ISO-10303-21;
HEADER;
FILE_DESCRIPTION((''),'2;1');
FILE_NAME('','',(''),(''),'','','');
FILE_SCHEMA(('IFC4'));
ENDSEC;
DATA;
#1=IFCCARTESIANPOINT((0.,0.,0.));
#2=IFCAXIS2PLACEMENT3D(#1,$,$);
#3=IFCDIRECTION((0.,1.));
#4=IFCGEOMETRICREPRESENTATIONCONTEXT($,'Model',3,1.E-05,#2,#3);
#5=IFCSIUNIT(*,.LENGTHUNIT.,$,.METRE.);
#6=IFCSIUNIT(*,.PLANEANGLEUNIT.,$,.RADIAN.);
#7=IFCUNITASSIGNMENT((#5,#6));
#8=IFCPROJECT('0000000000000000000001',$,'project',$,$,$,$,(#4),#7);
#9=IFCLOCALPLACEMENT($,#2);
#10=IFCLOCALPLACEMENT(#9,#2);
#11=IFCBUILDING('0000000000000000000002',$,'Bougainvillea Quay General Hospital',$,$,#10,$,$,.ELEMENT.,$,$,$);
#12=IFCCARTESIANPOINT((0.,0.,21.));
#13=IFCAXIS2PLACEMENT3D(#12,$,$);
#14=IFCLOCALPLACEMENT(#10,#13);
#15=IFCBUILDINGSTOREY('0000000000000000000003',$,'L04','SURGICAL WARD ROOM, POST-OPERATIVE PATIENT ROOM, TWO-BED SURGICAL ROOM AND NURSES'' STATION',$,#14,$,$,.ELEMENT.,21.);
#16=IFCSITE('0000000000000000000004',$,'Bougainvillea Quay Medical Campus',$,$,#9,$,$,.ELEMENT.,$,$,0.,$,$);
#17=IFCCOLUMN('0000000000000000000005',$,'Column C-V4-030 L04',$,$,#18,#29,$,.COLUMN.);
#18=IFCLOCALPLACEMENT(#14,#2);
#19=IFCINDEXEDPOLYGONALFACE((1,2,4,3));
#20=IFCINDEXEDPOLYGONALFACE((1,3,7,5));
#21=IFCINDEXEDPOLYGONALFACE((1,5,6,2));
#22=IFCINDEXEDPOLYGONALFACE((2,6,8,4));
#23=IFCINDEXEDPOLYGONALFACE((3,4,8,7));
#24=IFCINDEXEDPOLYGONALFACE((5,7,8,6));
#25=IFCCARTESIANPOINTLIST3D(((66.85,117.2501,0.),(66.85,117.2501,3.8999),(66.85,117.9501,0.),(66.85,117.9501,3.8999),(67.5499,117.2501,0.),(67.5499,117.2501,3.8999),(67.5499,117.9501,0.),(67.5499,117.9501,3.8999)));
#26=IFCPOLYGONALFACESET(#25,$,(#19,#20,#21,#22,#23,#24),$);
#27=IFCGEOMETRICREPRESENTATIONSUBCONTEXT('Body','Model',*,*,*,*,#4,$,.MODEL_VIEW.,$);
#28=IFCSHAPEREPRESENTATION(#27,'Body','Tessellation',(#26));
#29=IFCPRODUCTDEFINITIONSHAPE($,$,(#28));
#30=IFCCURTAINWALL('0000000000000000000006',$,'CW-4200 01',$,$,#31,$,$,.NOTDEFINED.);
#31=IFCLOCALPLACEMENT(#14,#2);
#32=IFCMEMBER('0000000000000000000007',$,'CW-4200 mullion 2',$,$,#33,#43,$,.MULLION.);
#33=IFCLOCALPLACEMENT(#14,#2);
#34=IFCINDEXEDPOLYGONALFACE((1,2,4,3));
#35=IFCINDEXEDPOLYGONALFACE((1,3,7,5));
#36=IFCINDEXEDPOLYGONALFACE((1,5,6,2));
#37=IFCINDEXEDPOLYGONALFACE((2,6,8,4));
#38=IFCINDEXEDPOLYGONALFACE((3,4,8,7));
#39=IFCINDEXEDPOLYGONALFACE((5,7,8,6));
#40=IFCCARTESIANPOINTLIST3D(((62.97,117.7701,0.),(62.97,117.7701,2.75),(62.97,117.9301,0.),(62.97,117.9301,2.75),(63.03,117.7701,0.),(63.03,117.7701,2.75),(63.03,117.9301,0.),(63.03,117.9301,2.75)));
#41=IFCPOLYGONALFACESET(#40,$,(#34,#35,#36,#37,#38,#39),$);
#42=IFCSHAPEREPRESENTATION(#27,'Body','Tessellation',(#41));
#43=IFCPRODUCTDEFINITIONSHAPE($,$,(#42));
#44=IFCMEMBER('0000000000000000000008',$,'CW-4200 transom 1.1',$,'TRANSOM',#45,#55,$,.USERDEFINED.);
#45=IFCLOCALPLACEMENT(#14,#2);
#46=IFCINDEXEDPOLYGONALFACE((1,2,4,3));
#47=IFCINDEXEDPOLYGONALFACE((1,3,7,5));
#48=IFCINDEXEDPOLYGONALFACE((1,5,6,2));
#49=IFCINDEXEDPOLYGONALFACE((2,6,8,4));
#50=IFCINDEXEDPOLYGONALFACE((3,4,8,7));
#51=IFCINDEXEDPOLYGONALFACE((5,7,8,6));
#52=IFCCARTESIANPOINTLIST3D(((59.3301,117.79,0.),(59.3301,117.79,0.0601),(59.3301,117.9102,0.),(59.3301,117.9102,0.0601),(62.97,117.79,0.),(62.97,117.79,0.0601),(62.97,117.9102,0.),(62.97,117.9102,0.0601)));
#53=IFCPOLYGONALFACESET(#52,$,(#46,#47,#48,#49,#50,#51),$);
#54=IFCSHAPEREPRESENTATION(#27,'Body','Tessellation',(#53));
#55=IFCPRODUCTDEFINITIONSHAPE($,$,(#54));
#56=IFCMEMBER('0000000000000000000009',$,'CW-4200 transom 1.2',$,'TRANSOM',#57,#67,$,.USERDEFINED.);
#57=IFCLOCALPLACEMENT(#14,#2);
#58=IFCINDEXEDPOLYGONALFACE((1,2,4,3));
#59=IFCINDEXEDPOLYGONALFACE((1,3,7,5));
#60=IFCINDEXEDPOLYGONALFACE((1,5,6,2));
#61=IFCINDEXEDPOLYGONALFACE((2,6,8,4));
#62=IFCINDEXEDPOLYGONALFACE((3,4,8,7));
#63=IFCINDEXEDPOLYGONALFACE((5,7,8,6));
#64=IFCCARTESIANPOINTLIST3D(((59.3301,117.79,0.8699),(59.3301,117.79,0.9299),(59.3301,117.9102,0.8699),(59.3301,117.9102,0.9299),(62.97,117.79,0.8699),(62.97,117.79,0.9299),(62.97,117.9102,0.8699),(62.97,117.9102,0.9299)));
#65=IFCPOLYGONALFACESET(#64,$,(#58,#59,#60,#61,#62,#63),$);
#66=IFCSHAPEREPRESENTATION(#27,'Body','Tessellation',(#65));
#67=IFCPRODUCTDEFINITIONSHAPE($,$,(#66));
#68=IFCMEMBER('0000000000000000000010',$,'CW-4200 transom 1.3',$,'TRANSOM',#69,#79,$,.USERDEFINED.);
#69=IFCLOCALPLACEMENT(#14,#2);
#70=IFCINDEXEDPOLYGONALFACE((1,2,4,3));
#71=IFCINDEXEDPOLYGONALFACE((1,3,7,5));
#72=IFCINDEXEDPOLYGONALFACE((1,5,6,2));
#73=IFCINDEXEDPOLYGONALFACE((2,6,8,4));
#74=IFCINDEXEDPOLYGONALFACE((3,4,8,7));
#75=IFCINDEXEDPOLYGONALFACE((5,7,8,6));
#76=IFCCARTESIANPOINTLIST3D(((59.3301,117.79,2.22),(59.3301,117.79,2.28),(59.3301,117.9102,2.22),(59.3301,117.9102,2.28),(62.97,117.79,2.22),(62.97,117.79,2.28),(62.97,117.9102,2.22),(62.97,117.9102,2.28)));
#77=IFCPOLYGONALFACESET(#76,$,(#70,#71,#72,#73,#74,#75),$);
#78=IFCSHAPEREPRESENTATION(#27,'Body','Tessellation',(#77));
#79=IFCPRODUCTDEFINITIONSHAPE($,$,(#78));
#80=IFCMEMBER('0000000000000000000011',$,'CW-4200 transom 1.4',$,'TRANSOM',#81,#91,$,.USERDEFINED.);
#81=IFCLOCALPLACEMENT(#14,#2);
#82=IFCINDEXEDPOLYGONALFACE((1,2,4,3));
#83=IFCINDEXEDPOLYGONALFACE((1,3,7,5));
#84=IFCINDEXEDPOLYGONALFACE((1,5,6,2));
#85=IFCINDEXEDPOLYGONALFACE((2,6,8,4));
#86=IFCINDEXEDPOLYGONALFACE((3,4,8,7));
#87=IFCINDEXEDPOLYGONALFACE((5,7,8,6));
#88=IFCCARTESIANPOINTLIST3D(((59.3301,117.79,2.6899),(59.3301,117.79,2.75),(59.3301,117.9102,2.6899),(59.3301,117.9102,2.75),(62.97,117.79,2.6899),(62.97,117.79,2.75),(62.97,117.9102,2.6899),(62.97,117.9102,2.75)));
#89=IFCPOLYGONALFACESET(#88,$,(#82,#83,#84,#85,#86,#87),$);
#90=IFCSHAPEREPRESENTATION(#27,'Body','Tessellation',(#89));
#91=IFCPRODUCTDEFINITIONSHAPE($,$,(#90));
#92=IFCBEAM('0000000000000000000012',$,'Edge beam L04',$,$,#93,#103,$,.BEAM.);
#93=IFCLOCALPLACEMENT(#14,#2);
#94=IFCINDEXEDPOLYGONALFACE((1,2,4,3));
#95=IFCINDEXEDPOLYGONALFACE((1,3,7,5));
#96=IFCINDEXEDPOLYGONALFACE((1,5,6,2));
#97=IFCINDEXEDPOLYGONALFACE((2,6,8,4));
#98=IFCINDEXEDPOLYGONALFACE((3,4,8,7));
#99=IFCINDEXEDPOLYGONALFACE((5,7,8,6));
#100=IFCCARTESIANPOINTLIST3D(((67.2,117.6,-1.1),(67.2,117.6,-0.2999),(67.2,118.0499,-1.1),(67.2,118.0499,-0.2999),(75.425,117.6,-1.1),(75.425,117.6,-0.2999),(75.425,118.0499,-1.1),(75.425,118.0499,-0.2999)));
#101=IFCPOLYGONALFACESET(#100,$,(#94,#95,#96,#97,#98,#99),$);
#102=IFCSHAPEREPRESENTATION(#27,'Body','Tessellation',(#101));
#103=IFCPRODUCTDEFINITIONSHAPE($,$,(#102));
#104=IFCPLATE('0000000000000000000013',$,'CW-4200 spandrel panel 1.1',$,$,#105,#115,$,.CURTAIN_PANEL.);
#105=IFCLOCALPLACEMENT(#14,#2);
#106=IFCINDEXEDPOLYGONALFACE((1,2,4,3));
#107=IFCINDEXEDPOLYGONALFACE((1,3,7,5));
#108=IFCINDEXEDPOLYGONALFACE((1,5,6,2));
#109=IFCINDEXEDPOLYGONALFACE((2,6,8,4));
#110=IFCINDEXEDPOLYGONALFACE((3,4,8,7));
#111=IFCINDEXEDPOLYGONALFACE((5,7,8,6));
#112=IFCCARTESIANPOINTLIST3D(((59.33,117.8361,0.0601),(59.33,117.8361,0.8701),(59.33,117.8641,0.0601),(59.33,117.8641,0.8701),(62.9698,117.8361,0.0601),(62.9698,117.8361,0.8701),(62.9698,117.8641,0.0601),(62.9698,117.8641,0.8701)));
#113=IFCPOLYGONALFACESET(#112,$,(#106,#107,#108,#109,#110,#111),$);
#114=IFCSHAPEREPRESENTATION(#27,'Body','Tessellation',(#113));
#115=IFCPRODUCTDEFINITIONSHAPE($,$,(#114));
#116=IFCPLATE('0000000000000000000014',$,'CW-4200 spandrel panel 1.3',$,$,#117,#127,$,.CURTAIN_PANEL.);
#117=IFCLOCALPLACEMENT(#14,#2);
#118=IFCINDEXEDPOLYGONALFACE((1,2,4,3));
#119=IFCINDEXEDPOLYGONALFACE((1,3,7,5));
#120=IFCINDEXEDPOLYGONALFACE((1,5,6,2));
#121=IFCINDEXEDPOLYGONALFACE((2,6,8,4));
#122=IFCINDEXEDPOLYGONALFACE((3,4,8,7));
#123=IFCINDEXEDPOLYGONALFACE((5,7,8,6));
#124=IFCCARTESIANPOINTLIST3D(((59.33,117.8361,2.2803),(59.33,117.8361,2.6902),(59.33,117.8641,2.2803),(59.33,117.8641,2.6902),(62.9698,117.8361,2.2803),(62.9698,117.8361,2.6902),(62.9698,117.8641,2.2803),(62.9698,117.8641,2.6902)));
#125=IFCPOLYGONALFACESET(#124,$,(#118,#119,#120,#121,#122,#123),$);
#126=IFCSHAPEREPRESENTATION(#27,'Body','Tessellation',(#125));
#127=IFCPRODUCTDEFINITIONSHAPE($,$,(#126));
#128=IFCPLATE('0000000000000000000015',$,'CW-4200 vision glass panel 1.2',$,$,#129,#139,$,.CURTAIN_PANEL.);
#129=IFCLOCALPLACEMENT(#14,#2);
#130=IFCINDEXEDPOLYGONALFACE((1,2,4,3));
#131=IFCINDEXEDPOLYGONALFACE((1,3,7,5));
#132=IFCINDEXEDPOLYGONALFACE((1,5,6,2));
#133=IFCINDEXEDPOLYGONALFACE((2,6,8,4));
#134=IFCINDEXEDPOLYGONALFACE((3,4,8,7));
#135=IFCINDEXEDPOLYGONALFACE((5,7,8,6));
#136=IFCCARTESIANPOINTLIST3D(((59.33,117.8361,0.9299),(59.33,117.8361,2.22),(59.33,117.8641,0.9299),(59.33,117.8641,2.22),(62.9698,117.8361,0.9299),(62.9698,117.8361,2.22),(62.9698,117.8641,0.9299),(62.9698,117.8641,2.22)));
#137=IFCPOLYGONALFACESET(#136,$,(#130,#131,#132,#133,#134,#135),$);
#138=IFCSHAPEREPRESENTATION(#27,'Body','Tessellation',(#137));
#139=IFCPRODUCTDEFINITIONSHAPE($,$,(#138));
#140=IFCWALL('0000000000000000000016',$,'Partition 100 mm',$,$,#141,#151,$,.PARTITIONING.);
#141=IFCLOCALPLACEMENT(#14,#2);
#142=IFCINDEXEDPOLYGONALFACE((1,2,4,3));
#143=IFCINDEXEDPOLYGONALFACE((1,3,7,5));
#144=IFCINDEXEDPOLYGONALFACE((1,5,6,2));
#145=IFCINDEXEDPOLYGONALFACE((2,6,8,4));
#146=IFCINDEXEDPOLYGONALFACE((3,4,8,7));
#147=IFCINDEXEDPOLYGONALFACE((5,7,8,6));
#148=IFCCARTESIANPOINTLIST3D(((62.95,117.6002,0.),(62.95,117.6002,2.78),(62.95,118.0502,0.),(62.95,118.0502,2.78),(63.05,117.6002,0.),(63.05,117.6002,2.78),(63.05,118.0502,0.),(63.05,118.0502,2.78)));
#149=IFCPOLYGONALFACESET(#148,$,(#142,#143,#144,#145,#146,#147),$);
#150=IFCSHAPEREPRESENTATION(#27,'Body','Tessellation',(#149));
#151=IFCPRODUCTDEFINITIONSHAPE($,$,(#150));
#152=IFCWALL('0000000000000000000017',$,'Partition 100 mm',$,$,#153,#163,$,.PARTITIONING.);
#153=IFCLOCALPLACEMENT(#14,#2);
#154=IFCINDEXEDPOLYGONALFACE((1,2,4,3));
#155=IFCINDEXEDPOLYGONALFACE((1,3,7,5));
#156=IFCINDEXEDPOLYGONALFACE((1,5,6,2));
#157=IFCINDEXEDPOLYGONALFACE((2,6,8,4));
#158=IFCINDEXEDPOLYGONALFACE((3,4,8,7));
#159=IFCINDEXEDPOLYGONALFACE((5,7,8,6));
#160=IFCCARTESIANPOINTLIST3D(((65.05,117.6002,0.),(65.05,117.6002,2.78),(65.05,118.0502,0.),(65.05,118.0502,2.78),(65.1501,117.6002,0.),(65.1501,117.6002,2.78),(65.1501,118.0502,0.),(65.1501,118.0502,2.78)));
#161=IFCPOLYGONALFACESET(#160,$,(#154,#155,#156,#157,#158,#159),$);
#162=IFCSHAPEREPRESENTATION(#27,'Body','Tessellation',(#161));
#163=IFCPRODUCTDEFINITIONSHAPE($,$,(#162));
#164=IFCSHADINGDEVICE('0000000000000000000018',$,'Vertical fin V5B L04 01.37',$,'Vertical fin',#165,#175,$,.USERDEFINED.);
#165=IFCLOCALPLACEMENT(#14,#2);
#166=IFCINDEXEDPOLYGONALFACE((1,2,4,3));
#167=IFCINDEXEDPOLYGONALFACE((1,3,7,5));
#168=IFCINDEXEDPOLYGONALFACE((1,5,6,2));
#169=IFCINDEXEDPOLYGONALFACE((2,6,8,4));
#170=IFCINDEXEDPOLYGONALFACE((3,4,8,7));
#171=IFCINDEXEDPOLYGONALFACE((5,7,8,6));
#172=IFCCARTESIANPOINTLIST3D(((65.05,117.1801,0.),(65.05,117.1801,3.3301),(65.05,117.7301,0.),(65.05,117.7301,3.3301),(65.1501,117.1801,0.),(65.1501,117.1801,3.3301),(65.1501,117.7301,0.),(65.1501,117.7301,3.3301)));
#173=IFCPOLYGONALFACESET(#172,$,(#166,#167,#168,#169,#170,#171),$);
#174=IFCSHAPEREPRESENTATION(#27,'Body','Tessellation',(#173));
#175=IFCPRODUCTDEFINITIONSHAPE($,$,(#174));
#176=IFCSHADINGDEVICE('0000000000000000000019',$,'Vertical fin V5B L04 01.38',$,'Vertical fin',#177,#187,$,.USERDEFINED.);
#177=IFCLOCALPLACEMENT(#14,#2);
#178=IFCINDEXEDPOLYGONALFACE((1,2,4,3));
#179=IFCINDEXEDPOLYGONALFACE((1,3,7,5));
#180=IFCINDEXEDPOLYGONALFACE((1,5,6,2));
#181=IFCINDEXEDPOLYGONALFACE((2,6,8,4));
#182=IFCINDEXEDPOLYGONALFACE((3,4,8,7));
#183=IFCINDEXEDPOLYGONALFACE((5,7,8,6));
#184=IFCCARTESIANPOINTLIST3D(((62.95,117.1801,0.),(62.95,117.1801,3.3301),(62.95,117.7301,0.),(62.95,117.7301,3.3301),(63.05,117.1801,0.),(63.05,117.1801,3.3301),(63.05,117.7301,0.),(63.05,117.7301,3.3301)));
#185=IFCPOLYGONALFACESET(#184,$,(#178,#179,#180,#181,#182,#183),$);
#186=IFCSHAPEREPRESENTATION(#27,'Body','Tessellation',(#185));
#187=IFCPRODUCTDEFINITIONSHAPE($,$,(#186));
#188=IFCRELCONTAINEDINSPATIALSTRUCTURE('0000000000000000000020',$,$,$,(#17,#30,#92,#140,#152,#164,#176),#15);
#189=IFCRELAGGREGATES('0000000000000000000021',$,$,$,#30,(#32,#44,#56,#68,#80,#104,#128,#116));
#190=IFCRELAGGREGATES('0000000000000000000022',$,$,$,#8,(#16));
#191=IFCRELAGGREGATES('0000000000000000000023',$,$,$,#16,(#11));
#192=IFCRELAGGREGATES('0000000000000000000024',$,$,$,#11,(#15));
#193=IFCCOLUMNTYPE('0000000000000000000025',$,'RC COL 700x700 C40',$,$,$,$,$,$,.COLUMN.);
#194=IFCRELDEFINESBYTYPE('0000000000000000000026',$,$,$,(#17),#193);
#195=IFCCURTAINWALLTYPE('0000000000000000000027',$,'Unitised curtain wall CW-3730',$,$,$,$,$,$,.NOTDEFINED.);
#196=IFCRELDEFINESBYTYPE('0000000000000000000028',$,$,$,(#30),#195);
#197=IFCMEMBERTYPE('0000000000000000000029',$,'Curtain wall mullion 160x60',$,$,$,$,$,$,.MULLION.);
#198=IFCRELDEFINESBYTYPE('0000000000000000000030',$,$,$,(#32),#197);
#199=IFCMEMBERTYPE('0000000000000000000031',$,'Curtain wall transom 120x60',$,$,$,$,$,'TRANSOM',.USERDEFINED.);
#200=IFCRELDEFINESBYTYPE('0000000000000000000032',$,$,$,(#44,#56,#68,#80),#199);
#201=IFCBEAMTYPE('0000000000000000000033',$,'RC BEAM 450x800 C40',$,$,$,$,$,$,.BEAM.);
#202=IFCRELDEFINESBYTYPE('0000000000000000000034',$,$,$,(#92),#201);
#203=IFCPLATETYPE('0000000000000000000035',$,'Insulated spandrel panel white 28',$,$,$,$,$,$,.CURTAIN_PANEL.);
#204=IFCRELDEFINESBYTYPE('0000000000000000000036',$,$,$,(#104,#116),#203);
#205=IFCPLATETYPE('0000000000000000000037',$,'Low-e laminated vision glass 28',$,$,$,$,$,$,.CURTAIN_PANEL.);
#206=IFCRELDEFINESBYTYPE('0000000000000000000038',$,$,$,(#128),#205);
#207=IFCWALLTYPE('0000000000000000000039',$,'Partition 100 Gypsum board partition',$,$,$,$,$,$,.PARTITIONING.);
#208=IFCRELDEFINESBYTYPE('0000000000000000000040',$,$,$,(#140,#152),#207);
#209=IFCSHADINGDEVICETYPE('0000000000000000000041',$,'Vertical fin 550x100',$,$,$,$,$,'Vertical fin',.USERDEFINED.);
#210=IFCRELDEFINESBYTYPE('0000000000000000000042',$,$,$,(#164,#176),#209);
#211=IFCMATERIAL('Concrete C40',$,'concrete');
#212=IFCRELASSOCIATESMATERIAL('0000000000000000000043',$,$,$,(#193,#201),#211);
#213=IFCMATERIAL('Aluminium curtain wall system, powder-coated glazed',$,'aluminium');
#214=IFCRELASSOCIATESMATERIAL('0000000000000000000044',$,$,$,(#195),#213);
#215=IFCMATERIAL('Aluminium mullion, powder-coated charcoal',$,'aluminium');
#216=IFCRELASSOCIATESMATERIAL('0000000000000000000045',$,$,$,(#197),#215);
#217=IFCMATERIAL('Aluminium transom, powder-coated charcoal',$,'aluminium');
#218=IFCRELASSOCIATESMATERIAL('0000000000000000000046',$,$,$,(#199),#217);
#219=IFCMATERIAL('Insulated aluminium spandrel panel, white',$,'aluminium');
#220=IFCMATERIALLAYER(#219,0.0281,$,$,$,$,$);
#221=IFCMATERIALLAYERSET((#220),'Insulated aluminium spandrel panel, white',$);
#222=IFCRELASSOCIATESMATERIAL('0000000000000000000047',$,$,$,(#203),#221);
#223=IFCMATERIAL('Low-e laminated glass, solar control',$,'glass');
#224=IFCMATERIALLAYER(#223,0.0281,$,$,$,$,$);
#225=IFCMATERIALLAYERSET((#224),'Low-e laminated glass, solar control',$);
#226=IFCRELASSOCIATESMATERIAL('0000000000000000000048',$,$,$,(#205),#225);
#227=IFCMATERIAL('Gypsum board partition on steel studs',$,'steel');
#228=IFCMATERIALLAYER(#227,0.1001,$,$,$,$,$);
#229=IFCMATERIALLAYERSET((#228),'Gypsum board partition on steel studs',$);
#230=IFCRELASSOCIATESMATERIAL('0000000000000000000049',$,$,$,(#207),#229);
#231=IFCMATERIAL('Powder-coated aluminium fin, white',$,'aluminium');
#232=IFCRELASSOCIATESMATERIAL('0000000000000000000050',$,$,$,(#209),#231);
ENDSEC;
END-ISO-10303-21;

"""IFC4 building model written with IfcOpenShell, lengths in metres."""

from ifc_helpers import new_model, si_unit, direction, frame, frame_2d, origin, origin_2d, place, context, subcontext, project, spatial, rectangle, extrude, material, layer, layer_set, material_profile, profile_set, type_object, element, aggregate, save


model = new_model("IFC4")

# Units and contexts
model_context = context("Model", 3, precision=1e-05, world=origin(), true_north=direction((0.0, 1.0)))
body_context = subcontext(model_context, "Body", "Model", "MODEL_VIEW")
ifc_project = project(units=[si_unit("LENGTHUNIT", "METRE"), si_unit("PLANEANGLEUNIT", "RADIAN")], contexts=[model_context])

# Site, building, storey
site_placement = place(None, origin())
site = spatial("IfcSite", under=ifc_project, at=site_placement, Name="Bougainvillea Quay Medical Campus", CompositionType="ELEMENT", RefElevation=0.0)
building_placement = place(site_placement, origin())
building = spatial("IfcBuilding", under=site, at=building_placement, Name="Bougainvillea Quay General Hospital", CompositionType="ELEMENT")
storey_placement = place(building_placement, frame((0.0, 0.0, 21.0)))
storey = spatial("IfcBuildingStorey", under=building, at=storey_placement, Name="L04", Description="SURGICAL WARD ROOM, POST-OPERATIVE PATIENT ROOM, TWO-BED SURGICAL ROOM AND NURSES' STATION", CompositionType="ELEMENT", Elevation=21.0)

# Column
ifc_material_1 = material(Name="Concrete C40", Category="concrete")
ifc_material_profile_1 = material_profile(ifc_material_1, rectangle(XDim=0.7, YDim=0.7, at=origin_2d()))
ifc_profile_set_1 = profile_set([ifc_material_profile_1], Name="Concrete C40")
column_type = type_object("IfcColumnType", Name="RC COL 700x700 C40", PredefinedType="COLUMN", material=ifc_profile_set_1)
column_placement = place(storey_placement, frame((67.2, 117.6001, 0.0), z_axis=(0.0, 0.0, 1.0), x_axis=(1.0, 0.0, 0.0)))
element("IfcColumn", 1, at=column_placement, inside=storey, type_object=column_type, Name="Column C-V4-030 L04", PredefinedType="COLUMN", context=body_context, shape_type="SweptSolid", body=[
    extrude(rectangle(XDim=0.7, YDim=0.7, at=origin_2d()), origin(), (0.0, 0.0, 1.0), 3.8999),
])

# Curtain wall, members
ifc_material_2 = material(Name="Aluminium curtain wall system, powder-coated glazed", Category="aluminium")
curtain_wall_type = type_object("IfcCurtainWallType", Name="Unitised curtain wall CW-3730", PredefinedType="NOTDEFINED", material=ifc_material_2)
curtain_wall_placement = place(storey_placement, origin())
curtain_wall = element("IfcCurtainWall", 2, at=curtain_wall_placement, inside=storey, type_object=curtain_wall_type, Name="CW-4200 01", PredefinedType="NOTDEFINED")
ifc_material_3 = material(Name="Aluminium mullion, powder-coated charcoal", Category="aluminium")
ifc_material_profile_2 = material_profile(ifc_material_3, rectangle(XDim=0.1599, YDim=0.0601, at=origin_2d()))
ifc_profile_set_2 = profile_set([ifc_material_profile_2], Name="Aluminium mullion, powder-coated charcoal")
member_type_1 = type_object("IfcMemberType", Name="Curtain wall mullion 160x60", PredefinedType="MULLION", material=ifc_profile_set_2)
member_1_placement = place(storey_placement, frame((63.0, 117.8501, 0.0), z_axis=(0.0, 0.0, 1.0), x_axis=(0.0, 1.0, 0.0)))
member_1 = element("IfcMember", 3, at=member_1_placement, type_object=member_type_1, Name="CW-4200 mullion 2", PredefinedType="MULLION", context=body_context, shape_type="SweptSolid", body=[
    extrude(rectangle(XDim=0.1599, YDim=0.0601, at=origin_2d()), origin(), (0.0, 0.0, 1.0), 2.75),
])
ifc_material_4 = material(Name="Aluminium transom, powder-coated charcoal", Category="aluminium")
ifc_material_profile_3 = material_profile(ifc_material_4, rectangle(XDim=0.1201, YDim=0.0601, at=origin_2d()))
ifc_profile_set_3 = profile_set([ifc_material_profile_3], Name="Aluminium transom, powder-coated charcoal")
member_type_2 = type_object("IfcMemberType", Name="Curtain wall transom 120x60", ElementType="TRANSOM", PredefinedType="USERDEFINED", material=ifc_profile_set_3)
member_2_placement = place(storey_placement, frame((59.3301, 117.8501, 0.03), z_axis=(1.0, 0.0, 0.0), x_axis=(0.0, 1.0, 0.0)))
member_2 = element("IfcMember", 4, at=member_2_placement, type_object=member_type_2, Name="CW-4200 transom 1.1", ObjectType="TRANSOM", PredefinedType="USERDEFINED", context=body_context, shape_type="SweptSolid", body=[
    extrude(rectangle(XDim=0.1201, YDim=0.0601, at=origin_2d()), origin(), (0.0, 0.0, 1.0), 3.6399),
])
member_3_placement = place(storey_placement, frame((59.3301, 117.8501, 0.8999), z_axis=(1.0, 0.0, 0.0), x_axis=(0.0, 1.0, 0.0)))
member_3 = element("IfcMember", 5, at=member_3_placement, type_object=member_type_2, Name="CW-4200 transom 1.2", ObjectType="TRANSOM", PredefinedType="USERDEFINED", context=body_context, shape_type="SweptSolid", body=[
    extrude(rectangle(XDim=0.1201, YDim=0.0601, at=origin_2d()), origin(), (0.0, 0.0, 1.0), 3.6399),
])
member_4_placement = place(storey_placement, frame((59.3301, 117.8501, 2.25), z_axis=(1.0, 0.0, 0.0), x_axis=(0.0, 1.0, 0.0)))
member_4 = element("IfcMember", 6, at=member_4_placement, type_object=member_type_2, Name="CW-4200 transom 1.3", ObjectType="TRANSOM", PredefinedType="USERDEFINED", context=body_context, shape_type="SweptSolid", body=[
    extrude(rectangle(XDim=0.1201, YDim=0.0601, at=origin_2d()), origin(), (0.0, 0.0, 1.0), 3.6399),
])
member_5_placement = place(storey_placement, frame((59.3301, 117.8501, 2.72), z_axis=(1.0, 0.0, 0.0), x_axis=(0.0, 1.0, 0.0)))
member_5 = element("IfcMember", 7, at=member_5_placement, type_object=member_type_2, Name="CW-4200 transom 1.4", ObjectType="TRANSOM", PredefinedType="USERDEFINED", context=body_context, shape_type="SweptSolid", body=[
    extrude(rectangle(XDim=0.1201, YDim=0.0601, at=origin_2d()), origin(), (0.0, 0.0, 1.0), 3.6399),
])

# Beam
ifc_material_profile_4 = material_profile(ifc_material_1, rectangle(XDim=0.45, YDim=0.8, at=origin_2d()))
ifc_profile_set_4 = profile_set([ifc_material_profile_4], Name="Concrete C40")
beam_type = type_object("IfcBeamType", Name="RC BEAM 450x800 C40", PredefinedType="BEAM", material=ifc_profile_set_4)
beam_placement = place(storey_placement, frame((67.2, 117.825, -0.7), z_axis=(1.0, 0.0, 0.0), x_axis=(0.0, 1.0, 0.0)))
element("IfcBeam", 8, at=beam_placement, inside=storey, type_object=beam_type, Name="Edge beam L04", PredefinedType="BEAM", context=body_context, shape_type="SweptSolid", body=[
    extrude(rectangle(XDim=0.45, YDim=0.8, at=origin_2d()), origin(), (0.0, 0.0, 1.0), 8.2251),
])

# Plates
ifc_material_5 = material(Name="Insulated aluminium spandrel panel, white", Category="aluminium")
ifc_layer_1 = layer(ifc_material_5, 0.0281)
ifc_layer_set_1 = layer_set([ifc_layer_1], Name="Insulated aluminium spandrel panel, white")
plate_type_1 = type_object("IfcPlateType", Name="Insulated spandrel panel white 28", PredefinedType="CURTAIN_PANEL", material=ifc_layer_set_1)
plate_1_placement = place(storey_placement, frame((61.1499, 117.8501, 0.0601), z_axis=(0.0, 0.0, 1.0), x_axis=(1.0, 0.0, 0.0)))
plate_1 = element("IfcPlate", 9, at=plate_1_placement, type_object=plate_type_1, Name="CW-4200 spandrel panel 1.1", PredefinedType="CURTAIN_PANEL", context=body_context, shape_type="SweptSolid", body=[
    extrude(rectangle(XDim=3.6399, YDim=0.0281, at=origin_2d()), origin(), (0.0, 0.0, 1.0), 0.8101),
])
plate_2_placement = place(storey_placement, frame((61.1499, 117.8501, 2.2803), z_axis=(0.0, 0.0, 1.0), x_axis=(1.0, 0.0, 0.0)))
plate_2 = element("IfcPlate", 10, at=plate_2_placement, type_object=plate_type_1, Name="CW-4200 spandrel panel 1.3", PredefinedType="CURTAIN_PANEL", context=body_context, shape_type="SweptSolid", body=[
    extrude(rectangle(XDim=3.6399, YDim=0.0281, at=origin_2d()), origin(), (0.0, 0.0, 1.0), 0.4099),
])
ifc_material_6 = material(Name="Low-e laminated glass, solar control", Category="glass")
ifc_layer_2 = layer(ifc_material_6, 0.0281)
ifc_layer_set_2 = layer_set([ifc_layer_2], Name="Low-e laminated glass, solar control")
plate_type_2 = type_object("IfcPlateType", Name="Low-e laminated vision glass 28", PredefinedType="CURTAIN_PANEL", material=ifc_layer_set_2)
plate_3_placement = place(storey_placement, frame((61.1499, 117.8501, 0.9299), z_axis=(0.0, 0.0, 1.0), x_axis=(1.0, 0.0, 0.0)))
plate_3 = element("IfcPlate", 11, at=plate_3_placement, type_object=plate_type_2, Name="CW-4200 vision glass panel 1.2", PredefinedType="CURTAIN_PANEL", context=body_context, shape_type="SweptSolid", body=[
    extrude(rectangle(XDim=3.6399, YDim=0.0281, at=origin_2d()), origin(), (0.0, 0.0, 1.0), 1.29),
])
aggregate(curtain_wall, [member_1, member_2, member_3, member_4, member_5, plate_1, plate_3, plate_2])

# Walls
ifc_material_7 = material(Name="Gypsum board partition on steel studs", Category="steel")
ifc_layer_3 = layer(ifc_material_7, 0.1001)
ifc_layer_set_3 = layer_set([ifc_layer_3], Name="Gypsum board partition on steel studs")
wall_type = type_object("IfcWallType", Name="Partition 100 Gypsum board partition", PredefinedType="PARTITIONING", material=ifc_layer_set_3)
for number, where, z_axis, x_axis, name in (
    (12, (63.0, 117.6001, 0.0), (0.0, 0.0, 1.0), (0.0, 1.0, 0.0), "Partition 100 mm"),
    (13, (65.1001, 117.6001, 0.0), (0.0, 0.0, 1.0), (0.0, 1.0, 0.0), "Partition 100 mm"),
):
    element("IfcWall", number, at=place(storey_placement, frame(where, z_axis=z_axis, x_axis=x_axis)), inside=storey, type_object=wall_type, Name=name, PredefinedType="PARTITIONING", context=body_context, shape_type="SweptSolid", body=[
        extrude(rectangle(XDim=0.45, YDim=0.1001, at=frame_2d((0.2251, 0.0))), origin(), (0.0, 0.0, 1.0), 2.78),
    ])

# Shading devices
ifc_material_8 = material(Name="Powder-coated aluminium fin, white", Category="aluminium")
ifc_material_profile_5 = material_profile(ifc_material_8, rectangle(XDim=0.55, YDim=0.1001, at=origin_2d()))
ifc_profile_set_5 = profile_set([ifc_material_profile_5], Name="Powder-coated aluminium fin, white")
shading_device_type = type_object("IfcShadingDeviceType", Name="Vertical fin 550x100", ElementType="Vertical fin", PredefinedType="USERDEFINED", material=ifc_profile_set_5)
for number, where, z_axis, x_axis, name in (
    (14, (65.1001, 117.4551, 0.0), (0.0, 0.0, 1.0), (0.0, -1.0, 0.0), "Vertical fin V5B L04 01.37"),
    (15, (63.0, 117.4551, 0.0), (0.0, 0.0, 1.0), (0.0, -1.0, 0.0), "Vertical fin V5B L04 01.38"),
):
    element("IfcShadingDevice", number, at=place(storey_placement, frame(where, z_axis=z_axis, x_axis=x_axis)), inside=storey, type_object=shading_device_type, Name=name, ObjectType="Vertical fin", PredefinedType="USERDEFINED", context=body_context, shape_type="SweptSolid", body=[
        extrude(rectangle(XDim=0.55, YDim=0.1001, at=origin_2d()), origin(), (0.0, 0.0, 1.0), 3.3301),
    ])

save(model, "model.ifc")
